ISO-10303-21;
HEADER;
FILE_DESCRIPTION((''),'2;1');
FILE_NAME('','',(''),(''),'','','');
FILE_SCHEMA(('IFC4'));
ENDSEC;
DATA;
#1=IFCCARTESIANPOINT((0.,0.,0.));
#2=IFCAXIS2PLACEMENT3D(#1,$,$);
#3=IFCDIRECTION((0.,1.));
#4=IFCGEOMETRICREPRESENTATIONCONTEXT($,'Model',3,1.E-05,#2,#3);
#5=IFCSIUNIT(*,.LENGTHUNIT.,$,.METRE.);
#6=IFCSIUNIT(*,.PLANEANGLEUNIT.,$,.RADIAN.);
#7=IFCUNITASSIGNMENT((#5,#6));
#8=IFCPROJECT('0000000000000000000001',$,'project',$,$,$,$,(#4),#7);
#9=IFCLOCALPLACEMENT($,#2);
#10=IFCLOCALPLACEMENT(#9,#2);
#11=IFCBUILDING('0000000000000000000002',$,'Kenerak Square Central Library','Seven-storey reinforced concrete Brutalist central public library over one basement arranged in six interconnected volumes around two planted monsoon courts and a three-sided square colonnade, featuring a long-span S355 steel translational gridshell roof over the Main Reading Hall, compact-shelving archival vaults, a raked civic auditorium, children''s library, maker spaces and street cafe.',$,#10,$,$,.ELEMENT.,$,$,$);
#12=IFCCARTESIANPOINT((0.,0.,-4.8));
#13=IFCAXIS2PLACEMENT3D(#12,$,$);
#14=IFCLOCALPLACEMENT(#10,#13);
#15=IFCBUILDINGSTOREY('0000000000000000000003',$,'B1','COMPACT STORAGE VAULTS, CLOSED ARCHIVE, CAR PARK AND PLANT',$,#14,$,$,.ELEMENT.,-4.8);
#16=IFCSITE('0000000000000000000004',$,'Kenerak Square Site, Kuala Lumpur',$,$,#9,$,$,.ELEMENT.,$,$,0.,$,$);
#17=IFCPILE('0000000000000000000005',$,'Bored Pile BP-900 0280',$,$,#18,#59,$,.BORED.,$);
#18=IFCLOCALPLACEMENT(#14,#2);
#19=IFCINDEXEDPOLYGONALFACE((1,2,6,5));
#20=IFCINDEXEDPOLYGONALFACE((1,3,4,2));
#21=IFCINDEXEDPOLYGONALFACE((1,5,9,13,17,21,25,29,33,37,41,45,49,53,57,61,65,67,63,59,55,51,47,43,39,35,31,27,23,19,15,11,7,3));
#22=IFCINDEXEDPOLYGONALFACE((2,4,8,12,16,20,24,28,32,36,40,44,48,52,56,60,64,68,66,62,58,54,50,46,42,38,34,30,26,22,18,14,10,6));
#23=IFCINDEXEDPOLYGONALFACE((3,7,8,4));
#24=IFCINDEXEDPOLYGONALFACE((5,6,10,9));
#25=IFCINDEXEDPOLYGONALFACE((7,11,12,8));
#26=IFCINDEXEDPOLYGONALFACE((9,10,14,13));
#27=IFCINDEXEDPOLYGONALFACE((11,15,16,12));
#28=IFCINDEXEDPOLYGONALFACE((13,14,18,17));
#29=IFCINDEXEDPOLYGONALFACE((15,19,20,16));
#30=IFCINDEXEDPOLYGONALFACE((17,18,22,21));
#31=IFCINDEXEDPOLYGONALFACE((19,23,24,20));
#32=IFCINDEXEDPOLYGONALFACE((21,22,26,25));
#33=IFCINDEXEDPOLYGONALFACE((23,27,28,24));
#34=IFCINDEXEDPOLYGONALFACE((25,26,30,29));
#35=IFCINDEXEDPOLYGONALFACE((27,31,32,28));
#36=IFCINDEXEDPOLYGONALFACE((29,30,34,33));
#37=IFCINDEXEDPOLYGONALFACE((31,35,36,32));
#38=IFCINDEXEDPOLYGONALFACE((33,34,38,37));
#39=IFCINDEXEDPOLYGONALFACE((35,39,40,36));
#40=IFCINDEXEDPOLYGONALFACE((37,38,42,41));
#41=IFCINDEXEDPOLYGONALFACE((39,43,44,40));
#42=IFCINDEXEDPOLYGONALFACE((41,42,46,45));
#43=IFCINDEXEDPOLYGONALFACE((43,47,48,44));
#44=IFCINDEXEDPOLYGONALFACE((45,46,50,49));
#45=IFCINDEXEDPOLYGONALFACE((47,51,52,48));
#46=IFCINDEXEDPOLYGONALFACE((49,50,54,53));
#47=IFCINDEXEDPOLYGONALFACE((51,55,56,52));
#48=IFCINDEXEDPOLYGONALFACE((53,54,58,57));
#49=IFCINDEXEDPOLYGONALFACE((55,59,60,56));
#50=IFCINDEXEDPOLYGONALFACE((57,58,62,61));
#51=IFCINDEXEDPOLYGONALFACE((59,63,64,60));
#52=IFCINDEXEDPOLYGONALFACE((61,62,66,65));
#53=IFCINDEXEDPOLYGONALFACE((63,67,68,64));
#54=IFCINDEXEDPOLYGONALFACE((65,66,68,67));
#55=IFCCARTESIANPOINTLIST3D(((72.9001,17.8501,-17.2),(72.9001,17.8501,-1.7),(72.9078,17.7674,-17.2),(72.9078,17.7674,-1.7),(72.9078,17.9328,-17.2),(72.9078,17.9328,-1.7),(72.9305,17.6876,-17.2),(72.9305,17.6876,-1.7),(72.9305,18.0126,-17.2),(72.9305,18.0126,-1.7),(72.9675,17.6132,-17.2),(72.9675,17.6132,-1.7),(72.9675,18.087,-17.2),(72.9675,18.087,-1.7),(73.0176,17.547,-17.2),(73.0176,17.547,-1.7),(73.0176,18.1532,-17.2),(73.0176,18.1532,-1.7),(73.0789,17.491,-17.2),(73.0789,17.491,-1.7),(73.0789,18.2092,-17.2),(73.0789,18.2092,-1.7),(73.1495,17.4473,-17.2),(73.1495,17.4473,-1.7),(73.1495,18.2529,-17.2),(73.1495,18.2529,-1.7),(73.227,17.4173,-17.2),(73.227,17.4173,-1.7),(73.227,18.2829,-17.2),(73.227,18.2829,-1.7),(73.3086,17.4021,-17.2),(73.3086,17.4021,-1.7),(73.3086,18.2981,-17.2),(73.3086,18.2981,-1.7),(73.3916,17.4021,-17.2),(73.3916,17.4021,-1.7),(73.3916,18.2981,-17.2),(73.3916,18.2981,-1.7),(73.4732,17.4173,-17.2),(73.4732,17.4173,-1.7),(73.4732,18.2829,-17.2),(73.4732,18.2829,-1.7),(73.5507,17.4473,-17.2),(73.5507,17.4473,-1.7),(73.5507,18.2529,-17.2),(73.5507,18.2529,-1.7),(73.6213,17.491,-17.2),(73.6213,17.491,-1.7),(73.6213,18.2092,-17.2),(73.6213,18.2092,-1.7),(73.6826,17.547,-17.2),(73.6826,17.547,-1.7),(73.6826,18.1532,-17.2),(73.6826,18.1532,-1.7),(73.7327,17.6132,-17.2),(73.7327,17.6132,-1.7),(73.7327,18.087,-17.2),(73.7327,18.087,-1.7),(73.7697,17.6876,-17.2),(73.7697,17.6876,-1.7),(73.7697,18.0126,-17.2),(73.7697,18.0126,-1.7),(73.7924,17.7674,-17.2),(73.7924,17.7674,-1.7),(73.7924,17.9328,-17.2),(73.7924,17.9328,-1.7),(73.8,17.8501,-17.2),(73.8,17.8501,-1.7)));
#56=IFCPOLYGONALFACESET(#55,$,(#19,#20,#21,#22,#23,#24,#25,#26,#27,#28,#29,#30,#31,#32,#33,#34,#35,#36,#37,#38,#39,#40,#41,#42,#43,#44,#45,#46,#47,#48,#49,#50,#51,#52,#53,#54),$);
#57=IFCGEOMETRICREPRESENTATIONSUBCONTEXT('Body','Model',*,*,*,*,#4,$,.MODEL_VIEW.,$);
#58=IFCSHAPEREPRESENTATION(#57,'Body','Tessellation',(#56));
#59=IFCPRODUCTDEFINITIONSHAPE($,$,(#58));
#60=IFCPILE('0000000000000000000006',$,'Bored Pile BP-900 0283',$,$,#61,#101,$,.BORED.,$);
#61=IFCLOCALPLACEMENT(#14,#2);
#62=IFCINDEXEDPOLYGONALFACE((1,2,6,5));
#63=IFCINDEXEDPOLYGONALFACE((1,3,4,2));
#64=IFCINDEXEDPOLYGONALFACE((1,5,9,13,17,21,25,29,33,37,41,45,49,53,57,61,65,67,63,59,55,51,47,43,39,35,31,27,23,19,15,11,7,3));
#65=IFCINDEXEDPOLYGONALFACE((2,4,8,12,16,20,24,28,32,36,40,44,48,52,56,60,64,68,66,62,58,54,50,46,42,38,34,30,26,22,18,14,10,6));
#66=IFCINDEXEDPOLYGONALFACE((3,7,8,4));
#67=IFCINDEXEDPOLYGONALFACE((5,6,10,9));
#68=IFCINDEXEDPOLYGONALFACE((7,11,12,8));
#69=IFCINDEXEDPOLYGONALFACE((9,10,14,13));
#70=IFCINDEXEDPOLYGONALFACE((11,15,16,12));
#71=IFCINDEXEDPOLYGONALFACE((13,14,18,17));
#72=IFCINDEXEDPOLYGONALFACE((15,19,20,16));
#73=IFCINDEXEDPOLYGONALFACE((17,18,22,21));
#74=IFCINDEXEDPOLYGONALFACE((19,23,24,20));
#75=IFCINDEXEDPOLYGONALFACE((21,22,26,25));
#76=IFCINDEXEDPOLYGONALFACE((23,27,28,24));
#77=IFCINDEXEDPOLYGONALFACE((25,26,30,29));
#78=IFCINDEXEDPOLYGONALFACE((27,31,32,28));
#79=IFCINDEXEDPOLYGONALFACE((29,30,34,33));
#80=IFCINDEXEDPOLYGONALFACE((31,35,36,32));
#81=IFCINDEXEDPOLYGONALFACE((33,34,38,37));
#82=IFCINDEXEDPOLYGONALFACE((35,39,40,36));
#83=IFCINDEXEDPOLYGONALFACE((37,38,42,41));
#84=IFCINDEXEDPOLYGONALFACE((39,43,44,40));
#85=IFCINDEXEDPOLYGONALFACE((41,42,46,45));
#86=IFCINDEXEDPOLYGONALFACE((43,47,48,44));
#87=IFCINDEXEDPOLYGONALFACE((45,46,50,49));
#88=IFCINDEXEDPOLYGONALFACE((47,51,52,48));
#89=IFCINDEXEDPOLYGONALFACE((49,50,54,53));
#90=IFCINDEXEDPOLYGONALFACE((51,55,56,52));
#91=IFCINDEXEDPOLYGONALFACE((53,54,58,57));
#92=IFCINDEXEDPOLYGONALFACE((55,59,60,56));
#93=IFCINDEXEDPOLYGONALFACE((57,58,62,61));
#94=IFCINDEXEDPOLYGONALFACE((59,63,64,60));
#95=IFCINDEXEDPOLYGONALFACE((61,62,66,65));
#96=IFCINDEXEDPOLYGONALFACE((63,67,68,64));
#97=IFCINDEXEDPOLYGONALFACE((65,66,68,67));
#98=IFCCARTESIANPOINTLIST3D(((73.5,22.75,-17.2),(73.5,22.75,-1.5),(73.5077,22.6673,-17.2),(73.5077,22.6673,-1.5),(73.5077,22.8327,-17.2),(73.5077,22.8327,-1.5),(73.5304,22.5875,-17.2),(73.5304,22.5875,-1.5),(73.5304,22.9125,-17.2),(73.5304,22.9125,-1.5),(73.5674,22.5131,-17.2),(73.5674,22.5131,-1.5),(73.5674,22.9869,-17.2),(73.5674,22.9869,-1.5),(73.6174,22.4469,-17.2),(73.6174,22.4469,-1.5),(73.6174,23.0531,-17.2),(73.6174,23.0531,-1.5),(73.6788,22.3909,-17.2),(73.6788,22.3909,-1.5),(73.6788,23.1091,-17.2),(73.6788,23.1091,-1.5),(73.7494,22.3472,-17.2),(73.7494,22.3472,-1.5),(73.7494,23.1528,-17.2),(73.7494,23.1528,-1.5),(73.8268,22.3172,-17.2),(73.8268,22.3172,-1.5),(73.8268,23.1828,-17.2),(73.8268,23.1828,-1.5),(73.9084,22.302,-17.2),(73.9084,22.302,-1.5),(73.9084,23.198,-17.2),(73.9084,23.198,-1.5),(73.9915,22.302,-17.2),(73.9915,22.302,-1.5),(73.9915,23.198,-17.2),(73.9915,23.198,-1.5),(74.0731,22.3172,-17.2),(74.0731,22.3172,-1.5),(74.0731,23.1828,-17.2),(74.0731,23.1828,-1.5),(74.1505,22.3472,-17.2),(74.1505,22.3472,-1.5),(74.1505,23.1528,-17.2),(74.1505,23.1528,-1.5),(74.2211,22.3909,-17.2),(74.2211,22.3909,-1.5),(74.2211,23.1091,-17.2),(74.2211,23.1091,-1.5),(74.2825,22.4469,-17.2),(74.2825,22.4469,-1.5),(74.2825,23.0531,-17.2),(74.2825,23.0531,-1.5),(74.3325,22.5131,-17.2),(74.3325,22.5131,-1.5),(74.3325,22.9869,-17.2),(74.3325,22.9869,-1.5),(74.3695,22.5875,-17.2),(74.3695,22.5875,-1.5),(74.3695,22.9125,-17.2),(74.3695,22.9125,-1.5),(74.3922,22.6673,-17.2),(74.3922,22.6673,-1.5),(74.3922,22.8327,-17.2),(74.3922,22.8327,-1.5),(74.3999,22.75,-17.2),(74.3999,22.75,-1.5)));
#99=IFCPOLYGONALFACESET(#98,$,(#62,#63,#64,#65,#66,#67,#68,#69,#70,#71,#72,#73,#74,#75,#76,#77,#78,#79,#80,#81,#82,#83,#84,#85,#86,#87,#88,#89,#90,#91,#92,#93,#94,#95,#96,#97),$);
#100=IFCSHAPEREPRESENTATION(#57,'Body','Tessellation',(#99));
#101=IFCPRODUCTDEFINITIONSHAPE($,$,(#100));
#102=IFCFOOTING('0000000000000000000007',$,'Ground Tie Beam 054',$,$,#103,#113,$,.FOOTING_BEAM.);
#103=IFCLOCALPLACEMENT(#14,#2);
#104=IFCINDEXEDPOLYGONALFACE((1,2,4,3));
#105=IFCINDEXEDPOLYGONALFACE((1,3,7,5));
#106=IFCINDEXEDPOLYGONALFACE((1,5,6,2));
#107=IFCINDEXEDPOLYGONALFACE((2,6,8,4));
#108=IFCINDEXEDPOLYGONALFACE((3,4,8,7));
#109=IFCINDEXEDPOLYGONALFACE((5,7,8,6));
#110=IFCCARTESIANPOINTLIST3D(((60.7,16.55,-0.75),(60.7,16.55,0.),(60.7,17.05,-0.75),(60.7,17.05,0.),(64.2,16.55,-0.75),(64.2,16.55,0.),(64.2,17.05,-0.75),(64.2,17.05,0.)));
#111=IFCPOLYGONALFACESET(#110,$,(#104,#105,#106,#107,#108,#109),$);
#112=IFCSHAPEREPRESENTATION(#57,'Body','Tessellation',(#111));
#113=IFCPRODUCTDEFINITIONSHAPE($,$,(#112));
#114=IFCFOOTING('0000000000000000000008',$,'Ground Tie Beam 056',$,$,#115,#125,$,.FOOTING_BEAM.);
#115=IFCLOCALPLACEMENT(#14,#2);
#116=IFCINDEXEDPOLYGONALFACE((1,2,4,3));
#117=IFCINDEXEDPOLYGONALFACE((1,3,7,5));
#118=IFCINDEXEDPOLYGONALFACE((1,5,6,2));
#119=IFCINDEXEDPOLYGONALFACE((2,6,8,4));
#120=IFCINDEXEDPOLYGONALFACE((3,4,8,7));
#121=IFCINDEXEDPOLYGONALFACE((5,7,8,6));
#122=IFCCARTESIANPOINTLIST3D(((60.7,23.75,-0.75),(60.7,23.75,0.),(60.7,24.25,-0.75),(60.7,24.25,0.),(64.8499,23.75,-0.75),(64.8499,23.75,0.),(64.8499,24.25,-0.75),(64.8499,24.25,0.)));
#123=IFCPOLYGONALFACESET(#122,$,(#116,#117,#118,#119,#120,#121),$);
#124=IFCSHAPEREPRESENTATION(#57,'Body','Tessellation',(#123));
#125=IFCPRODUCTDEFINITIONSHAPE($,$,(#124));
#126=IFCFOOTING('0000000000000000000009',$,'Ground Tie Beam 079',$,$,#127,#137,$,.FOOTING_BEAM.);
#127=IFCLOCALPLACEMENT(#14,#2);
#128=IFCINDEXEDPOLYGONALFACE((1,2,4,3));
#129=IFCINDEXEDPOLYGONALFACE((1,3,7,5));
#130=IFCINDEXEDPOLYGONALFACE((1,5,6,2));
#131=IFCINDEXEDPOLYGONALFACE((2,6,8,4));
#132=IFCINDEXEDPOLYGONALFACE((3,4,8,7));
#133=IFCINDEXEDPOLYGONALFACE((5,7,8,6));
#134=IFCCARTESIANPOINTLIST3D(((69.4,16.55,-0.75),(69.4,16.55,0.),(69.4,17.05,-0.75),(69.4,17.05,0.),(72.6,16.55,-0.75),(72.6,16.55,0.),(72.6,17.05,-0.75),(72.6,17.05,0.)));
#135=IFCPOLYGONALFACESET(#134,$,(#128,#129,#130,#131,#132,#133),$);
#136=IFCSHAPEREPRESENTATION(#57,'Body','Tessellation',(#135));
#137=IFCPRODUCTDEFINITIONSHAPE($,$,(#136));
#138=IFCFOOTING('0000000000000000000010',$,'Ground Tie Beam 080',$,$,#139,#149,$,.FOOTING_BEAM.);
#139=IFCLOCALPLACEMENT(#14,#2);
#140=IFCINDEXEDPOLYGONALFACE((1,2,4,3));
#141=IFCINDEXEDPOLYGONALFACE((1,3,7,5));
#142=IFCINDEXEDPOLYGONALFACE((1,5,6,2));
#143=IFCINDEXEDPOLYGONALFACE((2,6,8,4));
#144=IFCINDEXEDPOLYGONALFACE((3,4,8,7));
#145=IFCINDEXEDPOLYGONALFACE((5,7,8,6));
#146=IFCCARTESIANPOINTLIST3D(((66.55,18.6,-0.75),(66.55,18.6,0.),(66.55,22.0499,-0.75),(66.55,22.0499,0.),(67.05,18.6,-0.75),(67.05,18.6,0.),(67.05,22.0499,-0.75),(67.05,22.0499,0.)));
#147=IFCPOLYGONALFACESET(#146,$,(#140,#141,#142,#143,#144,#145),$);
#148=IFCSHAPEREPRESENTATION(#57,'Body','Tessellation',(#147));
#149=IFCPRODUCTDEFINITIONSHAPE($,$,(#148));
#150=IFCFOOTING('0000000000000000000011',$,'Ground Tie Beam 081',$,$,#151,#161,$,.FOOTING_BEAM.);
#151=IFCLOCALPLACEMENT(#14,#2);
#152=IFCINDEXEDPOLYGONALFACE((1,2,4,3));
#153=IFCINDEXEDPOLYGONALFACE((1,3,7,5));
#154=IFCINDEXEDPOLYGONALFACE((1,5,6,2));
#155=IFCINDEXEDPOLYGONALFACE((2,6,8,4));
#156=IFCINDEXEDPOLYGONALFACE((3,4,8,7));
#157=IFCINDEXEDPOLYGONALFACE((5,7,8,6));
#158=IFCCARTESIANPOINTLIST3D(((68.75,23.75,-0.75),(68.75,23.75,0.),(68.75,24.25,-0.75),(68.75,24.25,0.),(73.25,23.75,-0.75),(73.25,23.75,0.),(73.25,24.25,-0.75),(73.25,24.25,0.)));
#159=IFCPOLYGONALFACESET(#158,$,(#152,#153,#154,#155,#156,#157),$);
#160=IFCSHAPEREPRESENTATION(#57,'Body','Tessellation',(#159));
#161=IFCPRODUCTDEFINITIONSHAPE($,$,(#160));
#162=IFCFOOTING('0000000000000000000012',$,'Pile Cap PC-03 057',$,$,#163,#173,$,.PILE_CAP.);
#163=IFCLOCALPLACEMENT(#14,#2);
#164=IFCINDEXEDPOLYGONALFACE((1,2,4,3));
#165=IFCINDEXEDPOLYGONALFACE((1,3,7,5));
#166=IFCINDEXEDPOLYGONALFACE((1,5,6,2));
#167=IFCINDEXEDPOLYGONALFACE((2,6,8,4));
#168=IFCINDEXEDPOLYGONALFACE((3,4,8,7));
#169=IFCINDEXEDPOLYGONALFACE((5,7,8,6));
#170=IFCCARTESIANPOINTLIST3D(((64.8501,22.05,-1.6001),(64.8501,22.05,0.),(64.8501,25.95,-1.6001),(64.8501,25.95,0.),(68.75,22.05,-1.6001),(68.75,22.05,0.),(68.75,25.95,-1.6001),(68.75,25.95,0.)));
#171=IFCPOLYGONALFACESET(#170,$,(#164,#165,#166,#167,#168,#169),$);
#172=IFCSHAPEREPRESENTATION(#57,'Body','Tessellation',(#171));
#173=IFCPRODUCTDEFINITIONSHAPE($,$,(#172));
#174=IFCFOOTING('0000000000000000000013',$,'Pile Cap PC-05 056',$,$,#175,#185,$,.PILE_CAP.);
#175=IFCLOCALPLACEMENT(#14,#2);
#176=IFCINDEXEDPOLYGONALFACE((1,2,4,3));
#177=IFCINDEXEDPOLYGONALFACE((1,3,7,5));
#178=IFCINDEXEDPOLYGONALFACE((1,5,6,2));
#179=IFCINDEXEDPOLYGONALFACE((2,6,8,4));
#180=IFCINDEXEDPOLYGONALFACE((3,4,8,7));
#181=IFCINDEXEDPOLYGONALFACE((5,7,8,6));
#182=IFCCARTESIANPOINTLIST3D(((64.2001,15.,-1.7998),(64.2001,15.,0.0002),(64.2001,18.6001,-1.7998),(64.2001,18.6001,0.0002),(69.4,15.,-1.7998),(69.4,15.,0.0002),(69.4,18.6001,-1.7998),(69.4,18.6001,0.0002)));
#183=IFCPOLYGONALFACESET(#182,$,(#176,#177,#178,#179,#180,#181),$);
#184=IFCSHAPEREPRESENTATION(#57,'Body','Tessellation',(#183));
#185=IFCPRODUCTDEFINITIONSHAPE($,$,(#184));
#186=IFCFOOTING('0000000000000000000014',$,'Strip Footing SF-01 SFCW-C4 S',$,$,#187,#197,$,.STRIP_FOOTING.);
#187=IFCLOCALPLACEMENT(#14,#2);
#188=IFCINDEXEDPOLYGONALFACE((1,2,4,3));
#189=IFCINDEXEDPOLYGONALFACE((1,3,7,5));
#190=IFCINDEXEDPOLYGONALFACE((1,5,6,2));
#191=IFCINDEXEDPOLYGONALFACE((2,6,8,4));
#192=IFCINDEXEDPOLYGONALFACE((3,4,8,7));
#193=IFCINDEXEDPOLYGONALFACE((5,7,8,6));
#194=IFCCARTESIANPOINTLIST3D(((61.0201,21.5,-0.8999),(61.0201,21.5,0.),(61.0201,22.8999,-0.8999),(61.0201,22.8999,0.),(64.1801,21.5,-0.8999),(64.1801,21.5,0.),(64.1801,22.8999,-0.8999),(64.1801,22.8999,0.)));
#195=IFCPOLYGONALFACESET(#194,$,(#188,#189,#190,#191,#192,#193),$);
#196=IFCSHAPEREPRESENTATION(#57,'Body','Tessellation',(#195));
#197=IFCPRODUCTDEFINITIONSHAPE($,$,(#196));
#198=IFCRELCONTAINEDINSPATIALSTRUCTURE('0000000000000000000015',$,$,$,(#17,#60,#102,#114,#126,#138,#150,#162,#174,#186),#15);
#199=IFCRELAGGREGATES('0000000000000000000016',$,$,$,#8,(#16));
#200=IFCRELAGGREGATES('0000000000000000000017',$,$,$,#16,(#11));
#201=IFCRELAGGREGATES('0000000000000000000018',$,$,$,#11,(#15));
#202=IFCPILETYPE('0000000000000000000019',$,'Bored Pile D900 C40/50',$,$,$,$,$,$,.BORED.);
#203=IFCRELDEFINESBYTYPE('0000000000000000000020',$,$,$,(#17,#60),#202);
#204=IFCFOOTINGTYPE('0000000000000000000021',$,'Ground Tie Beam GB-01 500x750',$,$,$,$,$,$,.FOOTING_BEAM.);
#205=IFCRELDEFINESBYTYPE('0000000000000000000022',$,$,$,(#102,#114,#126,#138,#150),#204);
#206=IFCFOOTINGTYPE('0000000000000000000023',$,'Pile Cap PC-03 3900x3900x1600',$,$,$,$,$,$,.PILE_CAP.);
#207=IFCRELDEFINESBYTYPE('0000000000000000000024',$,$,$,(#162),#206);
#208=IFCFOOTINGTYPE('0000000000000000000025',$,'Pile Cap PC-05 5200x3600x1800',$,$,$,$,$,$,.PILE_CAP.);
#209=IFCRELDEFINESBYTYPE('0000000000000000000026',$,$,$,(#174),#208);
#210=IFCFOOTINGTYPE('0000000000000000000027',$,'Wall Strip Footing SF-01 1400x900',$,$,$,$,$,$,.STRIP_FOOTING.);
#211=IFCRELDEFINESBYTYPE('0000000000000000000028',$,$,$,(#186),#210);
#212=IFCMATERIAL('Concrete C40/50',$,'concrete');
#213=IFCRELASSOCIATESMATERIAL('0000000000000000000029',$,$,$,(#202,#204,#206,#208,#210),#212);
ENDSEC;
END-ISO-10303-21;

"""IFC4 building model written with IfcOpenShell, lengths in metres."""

from ifc_helpers import new_model, si_unit, direction, frame, origin, origin_2d, place, context, subcontext, project, spatial, rectangle, circle, extrude, material, material_profile, profile_set, type_object, element, save


model = new_model("IFC4")

# Units and contexts
model_context = context("Model", 3, precision=1e-05, world=origin(), true_north=direction((0.0, 1.0)))
body_context = subcontext(model_context, "Body", "Model", "MODEL_VIEW")
ifc_project = project(units=[si_unit("LENGTHUNIT", "METRE"), si_unit("PLANEANGLEUNIT", "RADIAN")], contexts=[model_context])

# Site, building, storey
site_placement = place(None, origin())
site = spatial("IfcSite", under=ifc_project, at=site_placement, Name="Kenerak Square Site, Kuala Lumpur", CompositionType="ELEMENT", RefElevation=0.0)
building_placement = place(site_placement, origin())
building = spatial("IfcBuilding", under=site, at=building_placement, Name="Kenerak Square Central Library", Description="Seven-storey reinforced concrete Brutalist central public library over one basement arranged in six interconnected volumes around two planted monsoon courts and a three-sided square colonnade, featuring a long-span S355 steel translational gridshell roof over the Main Reading Hall, compact-shelving archival vaults, a raked civic auditorium, children's library, maker spaces and street cafe.", CompositionType="ELEMENT")
storey_placement = place(building_placement, frame((0.0, 0.0, -4.8)))
storey = spatial("IfcBuildingStorey", under=building, at=storey_placement, Name="B1", Description="COMPACT STORAGE VAULTS, CLOSED ARCHIVE, CAR PARK AND PLANT", CompositionType="ELEMENT", Elevation=-4.8)

# Piles
ifc_material_1 = material(Name="Concrete C40/50", Category="concrete")
ifc_material_profile_1 = material_profile(ifc_material_1, circle(Radius=0.45, at=origin_2d()), Name="BP D900")
ifc_profile_set_1 = profile_set([ifc_material_profile_1], Name="Concrete C40/50")
pile_type_1 = type_object("IfcPileType", Name="Bored Pile D900 C40/50", PredefinedType="BORED", material=ifc_profile_set_1)
for number, where, z_axis, x_axis, name in (
    (1, (73.3501, 17.8501, -1.7), (0.0, 0.0, -1.0), (1.0, 0.0, 0.0), "Bored Pile BP-900 0280"),
):
    element("IfcPile", number, at=place(storey_placement, frame(where, z_axis=z_axis, x_axis=x_axis)), inside=storey, type_object=pile_type_1, Name=name, PredefinedType="BORED", context=body_context, shape_type="SweptSolid", body=[
        extrude(circle(Radius=0.45, at=origin_2d()), origin(), (0.0, 0.0, 1.0), 15.5),
    ])
pile_placement = place(storey_placement, frame((73.95, 22.75, -1.5), z_axis=(0.0, 0.0, -1.0), x_axis=(1.0, 0.0, 0.0)))
element("IfcPile", 2, at=pile_placement, inside=storey, type_object=pile_type_1, Name="Bored Pile BP-900 0283", PredefinedType="BORED", context=body_context, shape_type="SweptSolid", body=[
    extrude(circle(Radius=0.45, at=origin_2d()), origin(), (0.0, 0.0, 1.0), 15.7),
])

# Footings
footing_type_1 = type_object("IfcFootingType", Name="Ground Tie Beam GB-01 500x750", PredefinedType="FOOTING_BEAM", material=ifc_material_1)
footing_1_placement = place(storey_placement, frame((62.45, 16.8, -0.75), z_axis=(0.0, 0.0, 1.0), x_axis=(1.0, 0.0, 0.0)))
element("IfcFooting", 3, at=footing_1_placement, inside=storey, type_object=footing_type_1, Name="Ground Tie Beam 054", PredefinedType="FOOTING_BEAM", context=body_context, shape_type="SweptSolid", body=[
    extrude(rectangle(XDim=3.5, YDim=0.5, at=origin_2d()), origin(), (0.0, 0.0, 1.0), 0.75),
])
footing_2_placement = place(storey_placement, frame((62.7749, 24.0, -0.75), z_axis=(0.0, 0.0, 1.0), x_axis=(1.0, 0.0, 0.0)))
element("IfcFooting", 4, at=footing_2_placement, inside=storey, type_object=footing_type_1, Name="Ground Tie Beam 056", PredefinedType="FOOTING_BEAM", context=body_context, shape_type="SweptSolid", body=[
    extrude(rectangle(XDim=4.1499, YDim=0.5, at=origin_2d()), origin(), (0.0, 0.0, 1.0), 0.75),
])
footing_3_placement = place(storey_placement, frame((71.0, 16.8, -0.75), z_axis=(0.0, 0.0, 1.0), x_axis=(1.0, 0.0, 0.0)))
element("IfcFooting", 5, at=footing_3_placement, inside=storey, type_object=footing_type_1, Name="Ground Tie Beam 079", PredefinedType="FOOTING_BEAM", context=body_context, shape_type="SweptSolid", body=[
    extrude(rectangle(XDim=3.2, YDim=0.5, at=origin_2d()), origin(), (0.0, 0.0, 1.0), 0.75),
])
footing_4_placement = place(storey_placement, frame((66.8, 20.325, -0.75), z_axis=(0.0, 0.0, 1.0), x_axis=(1.0, 0.0, 0.0)))
element("IfcFooting", 6, at=footing_4_placement, inside=storey, type_object=footing_type_1, Name="Ground Tie Beam 080", PredefinedType="FOOTING_BEAM", context=body_context, shape_type="SweptSolid", body=[
    extrude(rectangle(XDim=0.5, YDim=3.45, at=origin_2d()), origin(), (0.0, 0.0, 1.0), 0.75),
])
footing_5_placement = place(storey_placement, frame((71.0, 24.0, -0.75), z_axis=(0.0, 0.0, 1.0), x_axis=(1.0, 0.0, 0.0)))
element("IfcFooting", 7, at=footing_5_placement, inside=storey, type_object=footing_type_1, Name="Ground Tie Beam 081", PredefinedType="FOOTING_BEAM", context=body_context, shape_type="SweptSolid", body=[
    extrude(rectangle(XDim=4.5, YDim=0.5, at=origin_2d()), origin(), (0.0, 0.0, 1.0), 0.75),
])
footing_type_2 = type_object("IfcFootingType", Name="Pile Cap PC-03 3900x3900x1600", PredefinedType="PILE_CAP", material=ifc_material_1)
footing_6_placement = place(storey_placement, frame((66.8, 24.0, -1.6001), z_axis=(0.0, 0.0, 1.0), x_axis=(1.0, 0.0, 0.0)))
element("IfcFooting", 8, at=footing_6_placement, inside=storey, type_object=footing_type_2, Name="Pile Cap PC-03 057", PredefinedType="PILE_CAP", context=body_context, shape_type="SweptSolid", body=[
    extrude(rectangle(XDim=3.8999, YDim=3.8999, at=origin_2d()), origin(), (0.0, 0.0, 1.0), 1.6001),
])
footing_type_3 = type_object("IfcFootingType", Name="Pile Cap PC-05 5200x3600x1800", PredefinedType="PILE_CAP", material=ifc_material_1)
footing_7_placement = place(storey_placement, frame((66.8, 16.8, -1.7998), z_axis=(0.0, 0.0, 1.0), x_axis=(1.0, 0.0, 0.0)))
element("IfcFooting", 9, at=footing_7_placement, inside=storey, type_object=footing_type_3, Name="Pile Cap PC-05 056", PredefinedType="PILE_CAP", context=body_context, shape_type="SweptSolid", body=[
    extrude(rectangle(XDim=5.2, YDim=3.6001, at=origin_2d()), origin(), (0.0, 0.0, 1.0), 1.8),
])
footing_type_4 = type_object("IfcFootingType", Name="Wall Strip Footing SF-01 1400x900", PredefinedType="STRIP_FOOTING", material=ifc_material_1)
footing_8_placement = place(storey_placement, frame((62.6001, 22.2, -0.8999), z_axis=(0.0, 0.0, 1.0), x_axis=(1.0, 0.0, 0.0)))
element("IfcFooting", 10, at=footing_8_placement, inside=storey, type_object=footing_type_4, Name="Strip Footing SF-01 SFCW-C4 S", PredefinedType="STRIP_FOOTING", context=body_context, shape_type="SweptSolid", body=[
    extrude(rectangle(XDim=3.1599, YDim=1.3999, at=origin_2d()), origin(), (0.0, 0.0, 1.0), 0.8999),
])

save(model, "model.ifc")
